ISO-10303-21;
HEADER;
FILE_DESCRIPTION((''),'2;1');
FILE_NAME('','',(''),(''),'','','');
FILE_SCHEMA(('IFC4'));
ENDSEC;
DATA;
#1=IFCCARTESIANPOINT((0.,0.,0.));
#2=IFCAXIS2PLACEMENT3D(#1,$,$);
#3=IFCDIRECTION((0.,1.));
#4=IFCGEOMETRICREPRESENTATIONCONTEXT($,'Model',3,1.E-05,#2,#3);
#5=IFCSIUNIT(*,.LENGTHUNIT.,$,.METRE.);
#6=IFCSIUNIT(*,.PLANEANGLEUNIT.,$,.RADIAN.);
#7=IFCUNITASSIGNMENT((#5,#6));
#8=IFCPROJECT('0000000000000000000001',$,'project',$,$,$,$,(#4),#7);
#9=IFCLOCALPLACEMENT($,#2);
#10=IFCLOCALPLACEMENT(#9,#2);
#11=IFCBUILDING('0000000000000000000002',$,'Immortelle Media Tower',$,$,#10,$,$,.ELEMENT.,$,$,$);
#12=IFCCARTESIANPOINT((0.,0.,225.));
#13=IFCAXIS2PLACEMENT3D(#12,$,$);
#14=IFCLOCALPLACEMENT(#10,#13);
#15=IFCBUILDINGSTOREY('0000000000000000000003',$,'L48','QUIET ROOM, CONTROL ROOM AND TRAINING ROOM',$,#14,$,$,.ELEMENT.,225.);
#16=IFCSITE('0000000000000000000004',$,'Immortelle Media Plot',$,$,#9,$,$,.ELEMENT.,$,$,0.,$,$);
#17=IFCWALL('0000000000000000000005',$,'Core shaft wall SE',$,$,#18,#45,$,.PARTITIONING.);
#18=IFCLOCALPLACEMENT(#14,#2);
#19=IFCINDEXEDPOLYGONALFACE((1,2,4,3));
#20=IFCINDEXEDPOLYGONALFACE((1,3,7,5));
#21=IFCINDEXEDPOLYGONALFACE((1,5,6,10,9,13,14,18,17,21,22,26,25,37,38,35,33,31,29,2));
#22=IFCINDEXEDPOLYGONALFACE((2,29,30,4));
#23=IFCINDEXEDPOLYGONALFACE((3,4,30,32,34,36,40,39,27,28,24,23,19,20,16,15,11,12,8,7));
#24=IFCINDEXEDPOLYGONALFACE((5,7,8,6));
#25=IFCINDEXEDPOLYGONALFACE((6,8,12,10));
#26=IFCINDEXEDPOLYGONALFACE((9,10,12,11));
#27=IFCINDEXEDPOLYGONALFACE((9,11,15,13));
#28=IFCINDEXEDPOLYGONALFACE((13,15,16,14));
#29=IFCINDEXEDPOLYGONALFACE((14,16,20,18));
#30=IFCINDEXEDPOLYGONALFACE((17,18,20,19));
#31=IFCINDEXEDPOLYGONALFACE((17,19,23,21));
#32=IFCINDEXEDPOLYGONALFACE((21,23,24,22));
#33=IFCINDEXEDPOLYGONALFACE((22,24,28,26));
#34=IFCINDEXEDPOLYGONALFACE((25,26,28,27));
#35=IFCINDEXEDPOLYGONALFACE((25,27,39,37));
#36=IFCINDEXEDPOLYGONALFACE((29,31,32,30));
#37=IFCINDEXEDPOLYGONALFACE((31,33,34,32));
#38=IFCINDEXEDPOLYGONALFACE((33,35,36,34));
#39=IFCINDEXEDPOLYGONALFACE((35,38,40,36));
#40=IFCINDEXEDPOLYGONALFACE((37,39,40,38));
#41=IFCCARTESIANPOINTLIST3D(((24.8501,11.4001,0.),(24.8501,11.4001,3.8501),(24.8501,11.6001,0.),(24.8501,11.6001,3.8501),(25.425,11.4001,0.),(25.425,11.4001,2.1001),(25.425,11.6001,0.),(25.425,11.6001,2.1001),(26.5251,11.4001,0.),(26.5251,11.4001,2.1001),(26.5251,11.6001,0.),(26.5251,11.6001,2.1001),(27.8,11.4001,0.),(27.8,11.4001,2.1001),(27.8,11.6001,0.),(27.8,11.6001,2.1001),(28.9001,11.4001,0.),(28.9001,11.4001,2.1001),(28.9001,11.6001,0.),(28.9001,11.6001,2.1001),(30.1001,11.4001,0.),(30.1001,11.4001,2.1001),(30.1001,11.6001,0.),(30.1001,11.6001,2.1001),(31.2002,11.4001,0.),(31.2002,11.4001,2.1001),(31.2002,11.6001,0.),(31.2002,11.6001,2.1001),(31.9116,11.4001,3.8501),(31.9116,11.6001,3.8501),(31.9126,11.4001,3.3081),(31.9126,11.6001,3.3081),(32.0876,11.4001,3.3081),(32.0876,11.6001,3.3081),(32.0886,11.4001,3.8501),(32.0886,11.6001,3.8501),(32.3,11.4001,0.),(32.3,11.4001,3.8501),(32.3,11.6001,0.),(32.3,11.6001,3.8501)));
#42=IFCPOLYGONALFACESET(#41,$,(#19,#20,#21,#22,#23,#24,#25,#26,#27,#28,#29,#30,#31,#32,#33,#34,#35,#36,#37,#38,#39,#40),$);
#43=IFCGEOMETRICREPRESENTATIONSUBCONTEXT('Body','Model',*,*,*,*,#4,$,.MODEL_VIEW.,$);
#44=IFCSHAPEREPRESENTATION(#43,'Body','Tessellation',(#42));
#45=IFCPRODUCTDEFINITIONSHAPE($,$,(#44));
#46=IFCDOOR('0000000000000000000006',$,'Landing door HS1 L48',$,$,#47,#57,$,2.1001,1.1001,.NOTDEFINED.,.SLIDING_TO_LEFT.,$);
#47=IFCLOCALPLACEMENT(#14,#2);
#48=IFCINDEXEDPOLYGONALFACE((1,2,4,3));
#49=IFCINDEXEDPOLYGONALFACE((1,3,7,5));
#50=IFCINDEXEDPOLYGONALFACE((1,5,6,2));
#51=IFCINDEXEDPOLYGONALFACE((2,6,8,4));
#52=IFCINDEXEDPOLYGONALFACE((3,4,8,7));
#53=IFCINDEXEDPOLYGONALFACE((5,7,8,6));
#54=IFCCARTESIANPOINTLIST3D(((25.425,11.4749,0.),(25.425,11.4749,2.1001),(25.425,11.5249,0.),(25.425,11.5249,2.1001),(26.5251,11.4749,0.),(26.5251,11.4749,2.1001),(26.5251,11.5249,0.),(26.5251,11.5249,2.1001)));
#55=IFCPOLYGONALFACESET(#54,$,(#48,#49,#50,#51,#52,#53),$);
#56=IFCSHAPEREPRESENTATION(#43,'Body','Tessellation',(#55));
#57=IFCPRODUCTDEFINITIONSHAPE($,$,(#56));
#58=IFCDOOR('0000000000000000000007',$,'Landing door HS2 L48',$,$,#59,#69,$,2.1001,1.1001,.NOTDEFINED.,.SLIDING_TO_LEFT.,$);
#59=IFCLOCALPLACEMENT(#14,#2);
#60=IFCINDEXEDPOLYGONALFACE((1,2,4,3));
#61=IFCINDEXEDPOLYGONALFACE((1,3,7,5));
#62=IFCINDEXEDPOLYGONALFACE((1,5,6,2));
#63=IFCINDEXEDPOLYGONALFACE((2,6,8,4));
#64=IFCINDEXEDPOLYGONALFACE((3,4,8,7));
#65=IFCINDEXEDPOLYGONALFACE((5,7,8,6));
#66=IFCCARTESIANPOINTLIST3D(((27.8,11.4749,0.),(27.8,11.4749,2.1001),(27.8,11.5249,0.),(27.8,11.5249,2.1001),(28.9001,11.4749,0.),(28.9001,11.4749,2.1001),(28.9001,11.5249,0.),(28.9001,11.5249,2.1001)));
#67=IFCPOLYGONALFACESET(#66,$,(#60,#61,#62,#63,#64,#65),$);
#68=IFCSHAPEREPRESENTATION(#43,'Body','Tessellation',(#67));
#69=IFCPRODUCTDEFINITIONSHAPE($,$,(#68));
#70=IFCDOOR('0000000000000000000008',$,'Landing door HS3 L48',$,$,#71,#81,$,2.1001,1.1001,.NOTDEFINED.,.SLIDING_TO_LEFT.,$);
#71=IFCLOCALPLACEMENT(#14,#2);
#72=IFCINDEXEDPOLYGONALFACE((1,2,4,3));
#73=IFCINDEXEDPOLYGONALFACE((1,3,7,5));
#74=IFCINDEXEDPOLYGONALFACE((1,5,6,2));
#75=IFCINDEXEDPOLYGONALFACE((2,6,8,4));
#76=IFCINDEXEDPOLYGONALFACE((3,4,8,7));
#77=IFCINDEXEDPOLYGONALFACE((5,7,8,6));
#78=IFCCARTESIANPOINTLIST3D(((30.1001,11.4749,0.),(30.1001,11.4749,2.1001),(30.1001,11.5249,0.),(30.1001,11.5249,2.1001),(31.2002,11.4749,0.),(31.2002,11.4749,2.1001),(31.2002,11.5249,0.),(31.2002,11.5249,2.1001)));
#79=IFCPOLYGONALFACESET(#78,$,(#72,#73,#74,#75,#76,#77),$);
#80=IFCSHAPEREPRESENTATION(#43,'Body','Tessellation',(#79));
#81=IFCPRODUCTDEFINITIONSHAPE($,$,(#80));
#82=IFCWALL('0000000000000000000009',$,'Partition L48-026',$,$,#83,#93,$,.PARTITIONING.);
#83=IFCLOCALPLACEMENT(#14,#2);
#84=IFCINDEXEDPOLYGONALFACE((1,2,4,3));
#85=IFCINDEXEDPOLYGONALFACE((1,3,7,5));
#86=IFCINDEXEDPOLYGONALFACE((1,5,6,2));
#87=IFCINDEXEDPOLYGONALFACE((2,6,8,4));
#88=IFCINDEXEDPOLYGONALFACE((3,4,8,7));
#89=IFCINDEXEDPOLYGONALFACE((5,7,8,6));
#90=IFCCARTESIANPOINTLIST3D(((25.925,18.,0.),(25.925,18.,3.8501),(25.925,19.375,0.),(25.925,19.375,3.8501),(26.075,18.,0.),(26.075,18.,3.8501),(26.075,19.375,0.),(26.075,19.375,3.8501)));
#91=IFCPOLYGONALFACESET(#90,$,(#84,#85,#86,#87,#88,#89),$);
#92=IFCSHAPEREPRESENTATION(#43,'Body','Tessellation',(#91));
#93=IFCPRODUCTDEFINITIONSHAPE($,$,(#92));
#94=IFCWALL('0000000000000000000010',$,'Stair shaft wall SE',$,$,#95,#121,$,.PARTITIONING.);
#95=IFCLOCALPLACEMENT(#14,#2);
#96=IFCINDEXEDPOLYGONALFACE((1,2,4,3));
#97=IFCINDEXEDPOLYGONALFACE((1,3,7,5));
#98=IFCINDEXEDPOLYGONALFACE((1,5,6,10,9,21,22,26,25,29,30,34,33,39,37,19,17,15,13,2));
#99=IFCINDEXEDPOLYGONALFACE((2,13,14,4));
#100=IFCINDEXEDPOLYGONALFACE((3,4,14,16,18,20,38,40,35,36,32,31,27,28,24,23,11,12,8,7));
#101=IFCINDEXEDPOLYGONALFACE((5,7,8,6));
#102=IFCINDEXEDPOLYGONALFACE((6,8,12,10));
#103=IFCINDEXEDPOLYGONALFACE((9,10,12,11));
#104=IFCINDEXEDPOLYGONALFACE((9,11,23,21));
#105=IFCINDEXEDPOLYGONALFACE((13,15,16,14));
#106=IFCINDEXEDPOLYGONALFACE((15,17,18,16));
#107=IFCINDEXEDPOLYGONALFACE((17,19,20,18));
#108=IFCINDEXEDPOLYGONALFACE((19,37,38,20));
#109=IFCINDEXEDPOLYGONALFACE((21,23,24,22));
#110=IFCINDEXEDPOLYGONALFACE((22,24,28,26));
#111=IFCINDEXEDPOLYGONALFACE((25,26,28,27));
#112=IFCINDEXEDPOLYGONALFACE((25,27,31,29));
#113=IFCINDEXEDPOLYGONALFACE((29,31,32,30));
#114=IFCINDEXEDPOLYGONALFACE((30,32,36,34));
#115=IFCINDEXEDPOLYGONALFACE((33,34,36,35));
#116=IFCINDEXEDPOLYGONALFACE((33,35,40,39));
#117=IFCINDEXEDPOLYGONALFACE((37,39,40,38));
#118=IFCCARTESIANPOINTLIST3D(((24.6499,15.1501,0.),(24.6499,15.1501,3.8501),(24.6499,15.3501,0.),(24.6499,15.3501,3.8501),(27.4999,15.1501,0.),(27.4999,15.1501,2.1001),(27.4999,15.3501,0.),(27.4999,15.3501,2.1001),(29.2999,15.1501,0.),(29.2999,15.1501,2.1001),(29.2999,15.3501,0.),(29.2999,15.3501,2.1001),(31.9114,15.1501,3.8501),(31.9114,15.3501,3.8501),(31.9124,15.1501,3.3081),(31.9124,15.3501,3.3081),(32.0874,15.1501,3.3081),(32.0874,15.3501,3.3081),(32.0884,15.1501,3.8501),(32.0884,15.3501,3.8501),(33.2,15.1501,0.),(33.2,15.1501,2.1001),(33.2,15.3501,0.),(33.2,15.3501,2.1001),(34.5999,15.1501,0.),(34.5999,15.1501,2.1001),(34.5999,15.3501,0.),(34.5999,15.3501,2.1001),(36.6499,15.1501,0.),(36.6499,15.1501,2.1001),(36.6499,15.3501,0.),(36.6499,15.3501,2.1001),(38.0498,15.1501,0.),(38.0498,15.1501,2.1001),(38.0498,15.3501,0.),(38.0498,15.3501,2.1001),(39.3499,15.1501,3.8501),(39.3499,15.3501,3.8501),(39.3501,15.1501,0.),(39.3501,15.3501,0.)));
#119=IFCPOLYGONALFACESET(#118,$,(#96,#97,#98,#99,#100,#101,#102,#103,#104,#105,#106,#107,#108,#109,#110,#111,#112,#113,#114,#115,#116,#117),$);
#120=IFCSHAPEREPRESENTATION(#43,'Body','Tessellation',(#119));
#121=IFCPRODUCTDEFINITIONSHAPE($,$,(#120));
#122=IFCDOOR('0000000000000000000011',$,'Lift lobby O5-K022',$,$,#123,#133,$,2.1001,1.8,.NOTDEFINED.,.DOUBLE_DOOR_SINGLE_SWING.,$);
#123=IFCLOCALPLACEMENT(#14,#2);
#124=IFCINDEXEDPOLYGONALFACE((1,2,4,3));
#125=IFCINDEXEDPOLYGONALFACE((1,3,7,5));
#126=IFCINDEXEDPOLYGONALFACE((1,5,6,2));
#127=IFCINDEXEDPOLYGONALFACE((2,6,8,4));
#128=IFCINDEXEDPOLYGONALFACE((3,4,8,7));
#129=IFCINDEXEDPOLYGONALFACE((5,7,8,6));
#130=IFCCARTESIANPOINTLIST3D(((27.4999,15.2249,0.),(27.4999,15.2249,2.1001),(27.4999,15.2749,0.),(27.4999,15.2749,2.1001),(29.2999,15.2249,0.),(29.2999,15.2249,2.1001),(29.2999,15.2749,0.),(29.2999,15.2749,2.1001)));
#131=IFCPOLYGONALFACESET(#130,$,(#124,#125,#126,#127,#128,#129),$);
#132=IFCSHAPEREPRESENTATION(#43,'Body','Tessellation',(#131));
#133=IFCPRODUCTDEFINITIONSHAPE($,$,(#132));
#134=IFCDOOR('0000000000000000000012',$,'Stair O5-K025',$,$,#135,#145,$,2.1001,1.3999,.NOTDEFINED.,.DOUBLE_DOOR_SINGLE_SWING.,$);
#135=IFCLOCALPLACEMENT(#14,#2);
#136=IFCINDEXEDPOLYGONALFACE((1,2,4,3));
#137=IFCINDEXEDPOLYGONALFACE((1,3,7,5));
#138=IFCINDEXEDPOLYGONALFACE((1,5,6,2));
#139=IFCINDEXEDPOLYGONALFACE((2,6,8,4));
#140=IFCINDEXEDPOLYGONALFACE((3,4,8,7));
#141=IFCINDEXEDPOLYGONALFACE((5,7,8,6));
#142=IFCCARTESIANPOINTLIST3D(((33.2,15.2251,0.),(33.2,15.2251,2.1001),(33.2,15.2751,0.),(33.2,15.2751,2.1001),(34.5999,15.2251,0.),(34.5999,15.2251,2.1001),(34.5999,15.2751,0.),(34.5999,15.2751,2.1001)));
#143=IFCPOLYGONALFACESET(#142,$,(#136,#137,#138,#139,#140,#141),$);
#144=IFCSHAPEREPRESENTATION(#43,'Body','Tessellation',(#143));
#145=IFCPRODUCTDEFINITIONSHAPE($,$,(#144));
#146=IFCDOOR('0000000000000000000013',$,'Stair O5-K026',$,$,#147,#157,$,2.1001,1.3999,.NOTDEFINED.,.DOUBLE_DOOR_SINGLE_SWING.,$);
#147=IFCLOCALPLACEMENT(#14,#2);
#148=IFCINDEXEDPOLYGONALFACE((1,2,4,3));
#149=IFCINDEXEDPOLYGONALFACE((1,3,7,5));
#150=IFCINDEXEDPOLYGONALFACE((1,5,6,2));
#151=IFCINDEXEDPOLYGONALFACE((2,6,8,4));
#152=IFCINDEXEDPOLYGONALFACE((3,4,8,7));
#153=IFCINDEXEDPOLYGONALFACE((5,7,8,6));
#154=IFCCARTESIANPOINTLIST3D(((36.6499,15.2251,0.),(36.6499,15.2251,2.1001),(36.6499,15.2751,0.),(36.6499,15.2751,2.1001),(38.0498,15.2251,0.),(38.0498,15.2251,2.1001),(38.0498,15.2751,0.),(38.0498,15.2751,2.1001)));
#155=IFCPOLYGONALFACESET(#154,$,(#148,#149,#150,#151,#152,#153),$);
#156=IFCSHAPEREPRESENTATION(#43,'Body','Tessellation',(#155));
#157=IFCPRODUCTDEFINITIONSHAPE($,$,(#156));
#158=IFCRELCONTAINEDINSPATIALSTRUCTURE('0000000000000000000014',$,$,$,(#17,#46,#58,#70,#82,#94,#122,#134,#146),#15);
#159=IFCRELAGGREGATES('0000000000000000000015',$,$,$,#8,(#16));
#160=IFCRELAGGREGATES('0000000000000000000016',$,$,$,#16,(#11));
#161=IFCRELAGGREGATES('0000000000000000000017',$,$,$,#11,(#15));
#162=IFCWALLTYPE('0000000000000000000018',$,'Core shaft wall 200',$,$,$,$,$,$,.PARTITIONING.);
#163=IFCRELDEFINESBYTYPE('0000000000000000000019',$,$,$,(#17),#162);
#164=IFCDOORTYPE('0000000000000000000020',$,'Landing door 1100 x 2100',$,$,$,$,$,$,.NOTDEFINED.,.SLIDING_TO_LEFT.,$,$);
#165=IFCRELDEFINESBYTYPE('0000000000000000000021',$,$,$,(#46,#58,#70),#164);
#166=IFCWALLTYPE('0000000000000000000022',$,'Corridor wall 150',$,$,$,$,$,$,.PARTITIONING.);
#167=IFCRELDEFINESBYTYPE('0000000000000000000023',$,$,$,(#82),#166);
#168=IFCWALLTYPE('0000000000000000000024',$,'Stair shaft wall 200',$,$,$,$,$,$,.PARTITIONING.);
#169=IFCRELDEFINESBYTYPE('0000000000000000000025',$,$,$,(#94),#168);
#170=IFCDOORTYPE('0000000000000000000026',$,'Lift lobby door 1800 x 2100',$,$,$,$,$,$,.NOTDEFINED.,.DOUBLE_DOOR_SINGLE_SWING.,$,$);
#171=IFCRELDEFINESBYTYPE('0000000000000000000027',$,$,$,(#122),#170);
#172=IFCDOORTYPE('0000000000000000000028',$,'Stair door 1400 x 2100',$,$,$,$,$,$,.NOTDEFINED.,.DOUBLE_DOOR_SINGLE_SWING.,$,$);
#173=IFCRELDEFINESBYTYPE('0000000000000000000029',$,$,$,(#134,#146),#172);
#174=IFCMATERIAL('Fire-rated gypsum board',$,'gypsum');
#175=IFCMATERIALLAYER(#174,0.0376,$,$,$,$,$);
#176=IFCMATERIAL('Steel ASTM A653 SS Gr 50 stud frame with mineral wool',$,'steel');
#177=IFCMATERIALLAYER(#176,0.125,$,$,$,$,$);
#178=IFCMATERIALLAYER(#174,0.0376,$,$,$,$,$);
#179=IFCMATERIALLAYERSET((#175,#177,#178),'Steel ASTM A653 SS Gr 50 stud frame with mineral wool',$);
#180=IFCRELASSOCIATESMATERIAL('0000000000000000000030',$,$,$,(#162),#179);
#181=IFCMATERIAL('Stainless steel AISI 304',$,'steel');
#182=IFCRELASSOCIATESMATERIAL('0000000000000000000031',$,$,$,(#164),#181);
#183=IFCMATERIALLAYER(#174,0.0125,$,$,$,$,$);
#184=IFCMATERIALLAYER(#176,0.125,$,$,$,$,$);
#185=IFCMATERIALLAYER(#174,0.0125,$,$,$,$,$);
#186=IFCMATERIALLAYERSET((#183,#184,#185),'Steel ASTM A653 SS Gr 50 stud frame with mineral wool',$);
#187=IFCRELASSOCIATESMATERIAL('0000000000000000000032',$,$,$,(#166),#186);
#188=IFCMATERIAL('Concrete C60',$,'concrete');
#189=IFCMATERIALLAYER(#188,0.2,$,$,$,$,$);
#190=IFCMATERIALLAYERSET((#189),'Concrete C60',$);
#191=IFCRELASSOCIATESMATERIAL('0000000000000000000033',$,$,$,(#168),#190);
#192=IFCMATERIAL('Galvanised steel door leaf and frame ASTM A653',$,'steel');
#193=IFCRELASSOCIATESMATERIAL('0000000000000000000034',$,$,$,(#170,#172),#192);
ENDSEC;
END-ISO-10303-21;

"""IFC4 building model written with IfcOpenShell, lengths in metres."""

from ifc_helpers import new_model, si_unit, direction, frame, frame_2d, origin, place, context, subcontext, project, spatial, polyline, rectangle, outline, extrude, material, layer, layer_set, type_object, element, fill, save


model = new_model("IFC4")

# Units and contexts
model_context = context("Model", 3, precision=1e-05, world=origin(), true_north=direction((0.0, 1.0)))
body_context = subcontext(model_context, "Body", "Model", "MODEL_VIEW")
ifc_project = project(units=[si_unit("LENGTHUNIT", "METRE"), si_unit("PLANEANGLEUNIT", "RADIAN")], contexts=[model_context])

# Site, building, storey
site_placement = place(None, origin())
site = spatial("IfcSite", under=ifc_project, at=site_placement, Name="Immortelle Media Plot", CompositionType="ELEMENT", RefElevation=0.0)
building_placement = place(site_placement, origin())
building = spatial("IfcBuilding", under=site, at=building_placement, Name="Immortelle Media Tower", CompositionType="ELEMENT")
storey_placement = place(building_placement, frame((0.0, 0.0, 225.0)))
storey = spatial("IfcBuildingStorey", under=building, at=storey_placement, Name="L48", Description="QUIET ROOM, CONTROL ROOM AND TRAINING ROOM", CompositionType="ELEMENT", Elevation=225.0)

# Shared definitions
ifc_material_1 = material(Name="Fire-rated gypsum board", Category="gypsum")
ifc_material_2 = material(Name="Steel ASTM A653 SS Gr 50 stud frame with mineral wool", Category="steel")
ifc_layer_1 = layer(ifc_material_1, 0.0376)
ifc_layer_2 = layer(ifc_material_2, 0.125)
ifc_layer_3 = layer(ifc_material_1, 0.0376)
ifc_layer_set_1 = layer_set([ifc_layer_1, ifc_layer_2, ifc_layer_3], Name="Steel ASTM A653 SS Gr 50 stud frame with mineral wool")
wall_type_1 = type_object("IfcWallType", Name="Core shaft wall 200", PredefinedType="PARTITIONING", material=ifc_layer_set_1)

# Wall, openings, doors
wall_1_placement = place(storey_placement, frame((24.8501, 11.5, 0.0), z_axis=(0.0, 0.0, 1.0), x_axis=(1.0, 0.0, 0.0)))
wall_1 = element("IfcWall", 1, at=wall_1_placement, inside=storey, type_object=wall_type_1, Name="Core shaft wall SE", PredefinedType="PARTITIONING", context=body_context, shape_type="SweptSolid", body=[
    extrude(outline(polyline([(0.0, 0.0), (7.45, 0.0), (7.45, 3.8501), (7.2385, 3.8501), (7.2375, 3.3081), (7.0625, 3.3081), (7.0615, 3.8501), (0.0, 3.8501), (0.0, 0.0)])), frame((0.0, 0.1001, 0.0), z_axis=(0.0, -1.0, 0.0), x_axis=(1.0, 0.0, 0.0)), (0.0, 0.0, 1.0), 0.2),
])
opening_1_placement = place(wall_1_placement, frame((0.575, 0.0, 0.0)))
opening_1 = element("IfcOpeningElement", 2, at=opening_1_placement, cuts=wall_1, PredefinedType="OPENING", context=body_context, shape_type="SweptSolid", body=[
    extrude(rectangle(XDim=1.1001, YDim=2.1001, at=frame_2d((0.55, 1.05))), frame((0.0, 0.1099, 0.0), z_axis=(0.0, -1.0, 0.0), x_axis=(1.0, 0.0, 0.0)), (0.0, 0.0, 1.0), 0.22),
])
opening_2_placement = place(wall_1_placement, frame((2.95, 0.0, 0.0)))
opening_2 = element("IfcOpeningElement", 3, at=opening_2_placement, cuts=wall_1, PredefinedType="OPENING", context=body_context, shape_type="SweptSolid", body=[
    extrude(rectangle(XDim=1.1001, YDim=2.1001, at=frame_2d((0.55, 1.05))), frame((0.0, 0.1099, 0.0), z_axis=(0.0, -1.0, 0.0), x_axis=(1.0, 0.0, 0.0)), (0.0, 0.0, 1.0), 0.22),
])
opening_3_placement = place(wall_1_placement, frame((5.25, 0.0, 0.0)))
opening_3 = element("IfcOpeningElement", 4, at=opening_3_placement, cuts=wall_1, PredefinedType="OPENING", context=body_context, shape_type="SweptSolid", body=[
    extrude(rectangle(XDim=1.1001, YDim=2.1001, at=frame_2d((0.55, 1.05))), frame((0.0, 0.1099, 0.0), z_axis=(0.0, -1.0, 0.0), x_axis=(1.0, 0.0, 0.0)), (0.0, 0.0, 1.0), 0.22),
])
ifc_material_3 = material(Name="Stainless steel AISI 304", Category="steel")
door_type_1 = type_object("IfcDoorType", Name="Landing door 1100 x 2100", OperationType="SLIDING_TO_LEFT", PredefinedType="NOTDEFINED", material=ifc_material_3)
door_1_placement = place(opening_1_placement, origin())
door_1 = element("IfcDoor", 5, at=door_1_placement, inside=storey, type_object=door_type_1, Name="Landing door HS1 L48", OperationType="SLIDING_TO_LEFT", OverallHeight=2.1001, OverallWidth=1.1001, PredefinedType="NOTDEFINED", context=body_context, shape_type="SweptSolid", body=[
    extrude(rectangle(XDim=1.1001, YDim=2.1001, at=frame_2d((0.55, 1.05))), frame((0.0, 0.0249, 0.0), z_axis=(0.0, -1.0, 0.0), x_axis=(1.0, 0.0, 0.0)), (0.0, 0.0, 1.0), 0.05),
])
fill(opening_1, door_1)
door_2_placement = place(opening_2_placement, origin())
door_2 = element("IfcDoor", 6, at=door_2_placement, inside=storey, type_object=door_type_1, Name="Landing door HS2 L48", OperationType="SLIDING_TO_LEFT", OverallHeight=2.1001, OverallWidth=1.1001, PredefinedType="NOTDEFINED", context=body_context, shape_type="SweptSolid", body=[
    extrude(rectangle(XDim=1.1001, YDim=2.1001, at=frame_2d((0.55, 1.05))), frame((0.0, 0.0249, 0.0), z_axis=(0.0, -1.0, 0.0), x_axis=(1.0, 0.0, 0.0)), (0.0, 0.0, 1.0), 0.05),
])
fill(opening_2, door_2)
door_3_placement = place(opening_3_placement, origin())
door_3 = element("IfcDoor", 7, at=door_3_placement, inside=storey, type_object=door_type_1, Name="Landing door HS3 L48", OperationType="SLIDING_TO_LEFT", OverallHeight=2.1001, OverallWidth=1.1001, PredefinedType="NOTDEFINED", context=body_context, shape_type="SweptSolid", body=[
    extrude(rectangle(XDim=1.1001, YDim=2.1001, at=frame_2d((0.55, 1.05))), frame((0.0, 0.0249, 0.0), z_axis=(0.0, -1.0, 0.0), x_axis=(1.0, 0.0, 0.0)), (0.0, 0.0, 1.0), 0.05),
])
fill(opening_3, door_3)

# Wall
ifc_layer_4 = layer(ifc_material_1, 0.0125)
ifc_layer_5 = layer(ifc_material_2, 0.125)
ifc_layer_6 = layer(ifc_material_1, 0.0125)
ifc_layer_set_2 = layer_set([ifc_layer_4, ifc_layer_5, ifc_layer_6], Name="Steel ASTM A653 SS Gr 50 stud frame with mineral wool")
wall_type_2 = type_object("IfcWallType", Name="Corridor wall 150", PredefinedType="PARTITIONING", material=ifc_layer_set_2)
wall_2_placement = place(storey_placement, frame((26.0, 18.0, 0.0), z_axis=(0.0, 0.0, 1.0), x_axis=(0.0, 1.0, 0.0)))
element("IfcWall", 8, at=wall_2_placement, inside=storey, type_object=wall_type_2, Name="Partition L48-026", PredefinedType="PARTITIONING", context=body_context, shape_type="SweptSolid", body=[
    extrude(rectangle(XDim=1.375, YDim=0.1499, at=frame_2d((0.6875, 0.0))), origin(), (0.0, 0.0, 1.0), 3.8501),
])

# Wall, openings, doors
ifc_material_4 = material(Name="Concrete C60", Category="concrete")
ifc_layer_7 = layer(ifc_material_4, 0.2)
ifc_layer_set_3 = layer_set([ifc_layer_7], Name="Concrete C60")
wall_type_3 = type_object("IfcWallType", Name="Stair shaft wall 200", PredefinedType="PARTITIONING", material=ifc_layer_set_3)
wall_3_placement = place(storey_placement, frame((24.6499, 15.25, 0.0), z_axis=(0.0, 0.0, 1.0), x_axis=(1.0, 0.0, 0.0)))
wall_3 = element("IfcWall", 9, at=wall_3_placement, inside=storey, type_object=wall_type_3, Name="Stair shaft wall SE", PredefinedType="PARTITIONING", context=body_context, shape_type="SweptSolid", body=[
    extrude(outline(polyline([(0.0, 0.0), (14.7002, 0.0), (14.7, 3.8501), (7.4385, 3.8501), (7.4375, 3.3081), (7.2625, 3.3081), (7.2615, 3.8501), (0.0, 3.8501), (0.0, 0.0)])), frame((0.0, 0.1001, 0.0), z_axis=(0.0, -1.0, 0.0), x_axis=(1.0, 0.0, 0.0)), (0.0, 0.0, 1.0), 0.2),
])
opening_4_placement = place(wall_3_placement, frame((2.8501, 0.0, 0.0)))
opening_4 = element("IfcOpeningElement", 10, at=opening_4_placement, cuts=wall_3, PredefinedType="OPENING", context=body_context, shape_type="SweptSolid", body=[
    extrude(rectangle(XDim=1.8, YDim=2.1001, at=frame_2d((0.8999, 1.05))), frame((0.0, 0.1099, 0.0), z_axis=(0.0, -1.0, 0.0), x_axis=(1.0, 0.0, 0.0)), (0.0, 0.0, 1.0), 0.22),
])
opening_5_placement = place(wall_3_placement, frame((9.95, 0.0, 0.0), z_axis=(0.0, 0.0, 1.0), x_axis=(-1.0, 0.0, 0.0)))
opening_5 = element("IfcOpeningElement", 11, at=opening_5_placement, cuts=wall_3, PredefinedType="OPENING", context=body_context, shape_type="SweptSolid", body=[
    extrude(rectangle(XDim=1.3999, YDim=2.1001, at=frame_2d((0.7, 1.05))), frame((0.0, 0.1099, 0.0), z_axis=(0.0, -1.0, 0.0), x_axis=(1.0, 0.0, 0.0)), (0.0, 0.0, 1.0), 0.22),
])
opening_6_placement = place(wall_3_placement, frame((13.3999, 0.0, 0.0), z_axis=(0.0, 0.0, 1.0), x_axis=(-1.0, 0.0, 0.0)))
opening_6 = element("IfcOpeningElement", 12, at=opening_6_placement, cuts=wall_3, PredefinedType="OPENING", context=body_context, shape_type="SweptSolid", body=[
    extrude(rectangle(XDim=1.3999, YDim=2.1001, at=frame_2d((0.7, 1.05))), frame((0.0, 0.1099, 0.0), z_axis=(0.0, -1.0, 0.0), x_axis=(1.0, 0.0, 0.0)), (0.0, 0.0, 1.0), 0.22),
])
ifc_material_5 = material(Name="Galvanised steel door leaf and frame ASTM A653", Category="steel")
door_type_2 = type_object("IfcDoorType", Name="Lift lobby door 1800 x 2100", OperationType="DOUBLE_DOOR_SINGLE_SWING", PredefinedType="NOTDEFINED", material=ifc_material_5)
door_4_placement = place(opening_4_placement, origin())
door_4 = element("IfcDoor", 13, at=door_4_placement, inside=storey, type_object=door_type_2, Name="Lift lobby O5-K022", OperationType="DOUBLE_DOOR_SINGLE_SWING", OverallHeight=2.1001, OverallWidth=1.8, PredefinedType="NOTDEFINED", context=body_context, shape_type="SweptSolid", body=[
    extrude(rectangle(XDim=1.8, YDim=2.1001, at=frame_2d((0.8999, 1.05))), frame((0.0, 0.0249, 0.0), z_axis=(0.0, -1.0, 0.0), x_axis=(1.0, 0.0, 0.0)), (0.0, 0.0, 1.0), 0.05),
])
fill(opening_4, door_4)
door_type_3 = type_object("IfcDoorType", Name="Stair door 1400 x 2100", OperationType="DOUBLE_DOOR_SINGLE_SWING", PredefinedType="NOTDEFINED", material=ifc_material_5)
door_5_placement = place(opening_5_placement, origin())
door_5 = element("IfcDoor", 14, at=door_5_placement, inside=storey, type_object=door_type_3, Name="Stair O5-K025", OperationType="DOUBLE_DOOR_SINGLE_SWING", OverallHeight=2.1001, OverallWidth=1.3999, PredefinedType="NOTDEFINED", context=body_context, shape_type="SweptSolid", body=[
    extrude(rectangle(XDim=1.3999, YDim=2.1001, at=frame_2d((0.7, 1.05))), frame((0.0, 0.0249, 0.0), z_axis=(0.0, -1.0, 0.0), x_axis=(1.0, 0.0, 0.0)), (0.0, 0.0, 1.0), 0.05),
])
fill(opening_5, door_5)
door_6_placement = place(opening_6_placement, origin())
door_6 = element("IfcDoor", 15, at=door_6_placement, inside=storey, type_object=door_type_3, Name="Stair O5-K026", OperationType="DOUBLE_DOOR_SINGLE_SWING", OverallHeight=2.1001, OverallWidth=1.3999, PredefinedType="NOTDEFINED", context=body_context, shape_type="SweptSolid", body=[
    extrude(rectangle(XDim=1.3999, YDim=2.1001, at=frame_2d((0.7, 1.05))), frame((0.0, 0.0249, 0.0), z_axis=(0.0, -1.0, 0.0), x_axis=(1.0, 0.0, 0.0)), (0.0, 0.0, 1.0), 0.05),
])
fill(opening_6, door_6)

save(model, "model.ifc")
